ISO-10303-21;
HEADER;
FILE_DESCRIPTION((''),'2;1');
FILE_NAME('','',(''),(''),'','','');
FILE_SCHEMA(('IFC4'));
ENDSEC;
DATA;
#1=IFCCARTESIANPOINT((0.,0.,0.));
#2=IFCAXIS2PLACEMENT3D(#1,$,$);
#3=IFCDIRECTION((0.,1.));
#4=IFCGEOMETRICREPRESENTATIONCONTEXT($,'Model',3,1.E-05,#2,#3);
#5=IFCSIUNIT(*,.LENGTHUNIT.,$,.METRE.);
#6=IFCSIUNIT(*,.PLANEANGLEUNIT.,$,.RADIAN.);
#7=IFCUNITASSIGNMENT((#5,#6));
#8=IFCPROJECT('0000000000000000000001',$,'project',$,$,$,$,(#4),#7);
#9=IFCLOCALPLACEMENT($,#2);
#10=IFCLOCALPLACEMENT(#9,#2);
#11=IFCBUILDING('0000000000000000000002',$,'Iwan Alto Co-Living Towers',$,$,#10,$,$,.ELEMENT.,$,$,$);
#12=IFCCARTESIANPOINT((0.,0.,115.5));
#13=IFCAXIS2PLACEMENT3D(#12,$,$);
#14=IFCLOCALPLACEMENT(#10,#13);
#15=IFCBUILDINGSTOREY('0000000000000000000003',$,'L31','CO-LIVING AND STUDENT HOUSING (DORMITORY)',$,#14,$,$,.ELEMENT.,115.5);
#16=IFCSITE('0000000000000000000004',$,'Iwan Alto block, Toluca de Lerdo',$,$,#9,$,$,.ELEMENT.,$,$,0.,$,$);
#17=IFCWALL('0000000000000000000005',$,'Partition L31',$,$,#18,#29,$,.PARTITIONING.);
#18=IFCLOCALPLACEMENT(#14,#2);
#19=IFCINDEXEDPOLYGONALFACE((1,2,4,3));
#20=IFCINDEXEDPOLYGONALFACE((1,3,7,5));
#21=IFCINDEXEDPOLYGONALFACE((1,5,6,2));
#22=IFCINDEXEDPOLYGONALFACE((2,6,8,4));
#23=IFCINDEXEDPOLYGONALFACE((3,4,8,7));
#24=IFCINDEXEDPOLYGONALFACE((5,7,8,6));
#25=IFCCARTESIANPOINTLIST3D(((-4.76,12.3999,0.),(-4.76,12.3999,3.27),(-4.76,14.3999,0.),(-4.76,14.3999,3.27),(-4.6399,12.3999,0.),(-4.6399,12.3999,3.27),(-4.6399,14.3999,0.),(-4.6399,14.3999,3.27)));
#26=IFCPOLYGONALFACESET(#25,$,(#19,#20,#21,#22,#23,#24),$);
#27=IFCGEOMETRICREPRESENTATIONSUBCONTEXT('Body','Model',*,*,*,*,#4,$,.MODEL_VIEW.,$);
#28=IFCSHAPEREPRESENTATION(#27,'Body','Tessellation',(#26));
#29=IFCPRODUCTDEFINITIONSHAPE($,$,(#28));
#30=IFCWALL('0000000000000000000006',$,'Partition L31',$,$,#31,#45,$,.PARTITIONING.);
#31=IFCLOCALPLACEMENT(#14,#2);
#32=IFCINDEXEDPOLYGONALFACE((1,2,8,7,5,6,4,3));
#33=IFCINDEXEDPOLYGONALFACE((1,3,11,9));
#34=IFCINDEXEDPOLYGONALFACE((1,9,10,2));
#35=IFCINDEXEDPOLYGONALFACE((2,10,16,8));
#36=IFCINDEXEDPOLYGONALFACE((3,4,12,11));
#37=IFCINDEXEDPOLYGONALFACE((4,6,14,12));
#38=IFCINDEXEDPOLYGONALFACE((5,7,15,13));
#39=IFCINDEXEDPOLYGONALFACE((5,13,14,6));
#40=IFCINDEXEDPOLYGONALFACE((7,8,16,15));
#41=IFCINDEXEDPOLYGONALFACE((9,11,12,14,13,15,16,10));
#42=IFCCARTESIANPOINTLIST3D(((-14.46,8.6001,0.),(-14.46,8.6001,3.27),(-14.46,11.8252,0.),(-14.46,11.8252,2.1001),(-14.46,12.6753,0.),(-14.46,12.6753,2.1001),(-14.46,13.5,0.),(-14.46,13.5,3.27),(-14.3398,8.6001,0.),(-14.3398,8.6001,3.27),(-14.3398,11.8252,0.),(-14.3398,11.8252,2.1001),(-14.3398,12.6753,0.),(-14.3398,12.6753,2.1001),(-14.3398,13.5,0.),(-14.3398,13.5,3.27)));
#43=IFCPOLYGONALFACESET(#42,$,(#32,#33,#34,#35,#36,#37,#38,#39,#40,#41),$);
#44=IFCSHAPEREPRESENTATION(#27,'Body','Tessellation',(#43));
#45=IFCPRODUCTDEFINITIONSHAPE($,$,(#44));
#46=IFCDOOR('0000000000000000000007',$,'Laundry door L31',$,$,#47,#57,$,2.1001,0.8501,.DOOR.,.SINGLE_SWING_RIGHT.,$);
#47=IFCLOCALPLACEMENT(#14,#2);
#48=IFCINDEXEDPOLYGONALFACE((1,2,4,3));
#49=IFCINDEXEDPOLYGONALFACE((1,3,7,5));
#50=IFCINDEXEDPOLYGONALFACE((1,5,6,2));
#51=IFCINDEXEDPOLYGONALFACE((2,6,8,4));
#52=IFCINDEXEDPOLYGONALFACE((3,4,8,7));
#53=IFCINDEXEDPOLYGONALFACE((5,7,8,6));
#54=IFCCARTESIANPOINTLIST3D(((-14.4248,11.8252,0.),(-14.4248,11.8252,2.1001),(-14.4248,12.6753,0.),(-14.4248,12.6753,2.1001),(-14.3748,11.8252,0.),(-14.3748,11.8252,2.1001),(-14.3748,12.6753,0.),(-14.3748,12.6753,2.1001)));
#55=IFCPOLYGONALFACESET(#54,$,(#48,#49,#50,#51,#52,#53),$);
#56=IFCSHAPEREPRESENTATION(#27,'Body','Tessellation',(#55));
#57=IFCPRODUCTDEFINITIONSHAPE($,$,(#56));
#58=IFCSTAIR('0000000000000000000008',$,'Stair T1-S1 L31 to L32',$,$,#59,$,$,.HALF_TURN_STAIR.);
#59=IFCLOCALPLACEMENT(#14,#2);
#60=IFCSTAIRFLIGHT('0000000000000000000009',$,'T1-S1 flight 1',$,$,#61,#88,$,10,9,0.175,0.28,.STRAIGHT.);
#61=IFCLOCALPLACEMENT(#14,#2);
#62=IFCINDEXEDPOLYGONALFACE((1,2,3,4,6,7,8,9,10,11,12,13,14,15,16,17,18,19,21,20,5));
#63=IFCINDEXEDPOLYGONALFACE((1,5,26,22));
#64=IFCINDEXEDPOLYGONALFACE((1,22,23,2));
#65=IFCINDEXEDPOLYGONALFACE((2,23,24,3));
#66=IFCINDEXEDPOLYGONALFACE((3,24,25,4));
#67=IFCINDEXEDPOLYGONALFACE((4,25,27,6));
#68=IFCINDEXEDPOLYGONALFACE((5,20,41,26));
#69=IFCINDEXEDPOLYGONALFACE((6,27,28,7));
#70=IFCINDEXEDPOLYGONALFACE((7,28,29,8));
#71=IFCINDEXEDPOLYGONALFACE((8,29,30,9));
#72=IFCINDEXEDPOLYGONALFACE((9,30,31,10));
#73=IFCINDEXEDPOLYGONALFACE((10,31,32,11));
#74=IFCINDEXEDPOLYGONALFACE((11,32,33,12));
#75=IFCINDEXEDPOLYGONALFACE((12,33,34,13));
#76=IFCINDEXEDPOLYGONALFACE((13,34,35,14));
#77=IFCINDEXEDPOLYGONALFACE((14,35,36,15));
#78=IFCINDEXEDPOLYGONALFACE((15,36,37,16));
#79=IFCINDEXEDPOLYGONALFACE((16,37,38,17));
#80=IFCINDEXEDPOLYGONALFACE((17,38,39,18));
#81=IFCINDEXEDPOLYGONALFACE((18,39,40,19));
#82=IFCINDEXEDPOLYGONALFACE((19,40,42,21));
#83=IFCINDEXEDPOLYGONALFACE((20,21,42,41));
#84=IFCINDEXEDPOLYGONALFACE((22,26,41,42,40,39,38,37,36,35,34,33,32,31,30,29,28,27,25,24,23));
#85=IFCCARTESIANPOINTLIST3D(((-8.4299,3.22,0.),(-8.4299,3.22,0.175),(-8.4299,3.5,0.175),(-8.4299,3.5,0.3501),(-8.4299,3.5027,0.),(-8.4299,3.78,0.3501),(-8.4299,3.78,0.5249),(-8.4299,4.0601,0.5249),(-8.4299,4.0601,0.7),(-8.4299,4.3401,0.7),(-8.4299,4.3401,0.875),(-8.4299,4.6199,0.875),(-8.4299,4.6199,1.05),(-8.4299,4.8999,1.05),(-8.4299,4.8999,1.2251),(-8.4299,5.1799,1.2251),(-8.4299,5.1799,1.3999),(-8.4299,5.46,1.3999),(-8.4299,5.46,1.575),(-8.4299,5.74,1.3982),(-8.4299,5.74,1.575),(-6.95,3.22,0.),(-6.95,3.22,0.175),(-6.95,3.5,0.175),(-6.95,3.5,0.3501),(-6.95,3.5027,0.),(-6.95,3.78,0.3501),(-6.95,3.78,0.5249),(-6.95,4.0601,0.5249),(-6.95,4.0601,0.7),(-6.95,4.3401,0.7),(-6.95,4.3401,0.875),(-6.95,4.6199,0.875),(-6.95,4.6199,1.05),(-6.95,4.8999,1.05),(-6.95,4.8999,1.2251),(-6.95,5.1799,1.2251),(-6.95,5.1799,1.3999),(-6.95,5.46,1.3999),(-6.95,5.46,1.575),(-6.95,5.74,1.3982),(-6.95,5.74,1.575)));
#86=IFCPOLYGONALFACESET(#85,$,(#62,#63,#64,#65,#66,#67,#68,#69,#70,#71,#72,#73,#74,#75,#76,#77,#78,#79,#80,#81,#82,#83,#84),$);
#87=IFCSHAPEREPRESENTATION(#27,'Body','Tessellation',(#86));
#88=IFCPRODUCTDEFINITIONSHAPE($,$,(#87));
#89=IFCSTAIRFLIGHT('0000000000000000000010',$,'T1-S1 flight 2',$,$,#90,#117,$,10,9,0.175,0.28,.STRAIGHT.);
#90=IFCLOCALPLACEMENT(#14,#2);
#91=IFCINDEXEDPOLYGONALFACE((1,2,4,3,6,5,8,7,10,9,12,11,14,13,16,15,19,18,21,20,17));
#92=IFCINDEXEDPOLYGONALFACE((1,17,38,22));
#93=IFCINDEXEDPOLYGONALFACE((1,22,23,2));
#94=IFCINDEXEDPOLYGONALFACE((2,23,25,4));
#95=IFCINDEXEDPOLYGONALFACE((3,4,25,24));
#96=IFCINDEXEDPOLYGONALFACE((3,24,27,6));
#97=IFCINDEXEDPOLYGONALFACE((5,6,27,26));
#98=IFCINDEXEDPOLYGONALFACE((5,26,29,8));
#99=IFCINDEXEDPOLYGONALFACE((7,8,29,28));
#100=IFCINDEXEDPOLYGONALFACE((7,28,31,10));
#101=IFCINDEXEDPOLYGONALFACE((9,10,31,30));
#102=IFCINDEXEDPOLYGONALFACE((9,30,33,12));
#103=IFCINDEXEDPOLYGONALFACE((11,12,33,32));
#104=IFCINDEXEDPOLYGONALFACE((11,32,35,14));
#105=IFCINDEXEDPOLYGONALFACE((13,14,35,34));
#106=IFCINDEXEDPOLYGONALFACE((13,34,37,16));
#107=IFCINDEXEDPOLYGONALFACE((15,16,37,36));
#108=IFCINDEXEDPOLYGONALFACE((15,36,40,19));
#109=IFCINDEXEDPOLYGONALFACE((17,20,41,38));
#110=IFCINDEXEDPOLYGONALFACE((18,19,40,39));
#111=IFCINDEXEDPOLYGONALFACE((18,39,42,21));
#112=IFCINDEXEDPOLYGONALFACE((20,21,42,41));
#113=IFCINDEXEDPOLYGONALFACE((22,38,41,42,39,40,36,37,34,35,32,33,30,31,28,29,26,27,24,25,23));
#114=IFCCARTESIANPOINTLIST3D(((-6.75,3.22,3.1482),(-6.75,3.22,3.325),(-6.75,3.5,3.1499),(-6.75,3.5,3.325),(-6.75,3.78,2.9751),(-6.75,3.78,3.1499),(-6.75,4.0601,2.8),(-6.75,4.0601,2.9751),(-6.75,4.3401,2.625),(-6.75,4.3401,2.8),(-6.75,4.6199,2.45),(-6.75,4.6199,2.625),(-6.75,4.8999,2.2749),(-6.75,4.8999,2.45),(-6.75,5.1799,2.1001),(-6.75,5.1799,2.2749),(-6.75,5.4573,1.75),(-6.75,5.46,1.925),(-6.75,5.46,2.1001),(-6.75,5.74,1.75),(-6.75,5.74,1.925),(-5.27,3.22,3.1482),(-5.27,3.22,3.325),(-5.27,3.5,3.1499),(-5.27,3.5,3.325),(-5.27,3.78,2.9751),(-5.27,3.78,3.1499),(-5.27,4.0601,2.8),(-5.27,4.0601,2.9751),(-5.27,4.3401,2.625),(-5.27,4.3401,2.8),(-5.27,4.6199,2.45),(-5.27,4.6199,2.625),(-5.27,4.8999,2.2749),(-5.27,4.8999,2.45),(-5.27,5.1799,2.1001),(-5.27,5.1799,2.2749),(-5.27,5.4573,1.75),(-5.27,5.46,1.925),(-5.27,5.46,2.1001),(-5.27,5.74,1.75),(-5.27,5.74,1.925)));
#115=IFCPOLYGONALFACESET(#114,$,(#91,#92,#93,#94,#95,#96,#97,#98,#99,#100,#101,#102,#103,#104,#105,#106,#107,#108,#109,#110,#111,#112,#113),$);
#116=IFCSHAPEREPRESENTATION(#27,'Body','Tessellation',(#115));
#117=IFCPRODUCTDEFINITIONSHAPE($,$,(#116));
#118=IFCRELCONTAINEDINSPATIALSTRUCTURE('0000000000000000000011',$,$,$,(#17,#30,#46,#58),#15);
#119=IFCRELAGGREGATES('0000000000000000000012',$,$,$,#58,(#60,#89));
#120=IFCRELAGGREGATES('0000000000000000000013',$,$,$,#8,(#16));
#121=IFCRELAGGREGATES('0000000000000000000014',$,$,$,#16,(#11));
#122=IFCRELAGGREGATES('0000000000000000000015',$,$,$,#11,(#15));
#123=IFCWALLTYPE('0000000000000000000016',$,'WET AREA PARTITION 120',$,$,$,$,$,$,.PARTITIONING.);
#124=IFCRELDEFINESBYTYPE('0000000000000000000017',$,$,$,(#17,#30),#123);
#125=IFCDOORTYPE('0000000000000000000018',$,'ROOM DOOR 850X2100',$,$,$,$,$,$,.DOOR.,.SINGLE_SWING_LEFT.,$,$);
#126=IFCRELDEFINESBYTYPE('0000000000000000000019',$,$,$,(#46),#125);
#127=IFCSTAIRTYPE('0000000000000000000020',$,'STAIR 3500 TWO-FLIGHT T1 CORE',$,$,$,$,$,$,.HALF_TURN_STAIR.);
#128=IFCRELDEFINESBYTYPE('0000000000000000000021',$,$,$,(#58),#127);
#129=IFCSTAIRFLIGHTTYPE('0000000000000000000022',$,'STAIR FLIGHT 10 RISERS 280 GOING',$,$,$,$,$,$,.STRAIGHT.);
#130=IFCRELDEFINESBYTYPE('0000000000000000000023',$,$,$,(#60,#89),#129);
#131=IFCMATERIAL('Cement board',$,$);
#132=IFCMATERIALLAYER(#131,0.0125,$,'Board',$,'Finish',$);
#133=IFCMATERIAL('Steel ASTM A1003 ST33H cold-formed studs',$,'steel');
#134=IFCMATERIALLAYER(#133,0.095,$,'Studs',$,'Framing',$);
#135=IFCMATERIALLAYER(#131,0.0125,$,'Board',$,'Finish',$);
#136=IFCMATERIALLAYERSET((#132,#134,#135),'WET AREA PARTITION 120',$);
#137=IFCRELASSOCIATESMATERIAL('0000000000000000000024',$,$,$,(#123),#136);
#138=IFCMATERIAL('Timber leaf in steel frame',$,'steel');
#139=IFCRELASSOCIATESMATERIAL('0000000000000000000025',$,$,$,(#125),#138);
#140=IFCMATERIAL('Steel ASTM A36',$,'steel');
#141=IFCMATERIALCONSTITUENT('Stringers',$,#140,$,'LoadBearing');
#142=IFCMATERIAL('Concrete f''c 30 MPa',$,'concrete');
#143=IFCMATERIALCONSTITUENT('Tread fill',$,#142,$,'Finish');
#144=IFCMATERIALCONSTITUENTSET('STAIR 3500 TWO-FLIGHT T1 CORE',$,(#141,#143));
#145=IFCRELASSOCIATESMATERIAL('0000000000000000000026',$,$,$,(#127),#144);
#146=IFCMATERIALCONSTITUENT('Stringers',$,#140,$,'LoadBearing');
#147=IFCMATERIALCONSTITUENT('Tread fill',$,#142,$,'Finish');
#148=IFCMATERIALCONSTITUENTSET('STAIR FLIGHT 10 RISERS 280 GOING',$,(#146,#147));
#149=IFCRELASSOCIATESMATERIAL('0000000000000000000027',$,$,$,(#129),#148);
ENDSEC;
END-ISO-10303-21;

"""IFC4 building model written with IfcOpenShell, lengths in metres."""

from ifc_helpers import new_model, si_unit, direction, frame, frame_2d, origin, place, context, subcontext, project, spatial, polyline, rectangle, outline, extrude, material, layer, layer_set, constituent, constituent_set, type_object, element, fill, aggregate, save


model = new_model("IFC4")

# Units and contexts
model_context = context("Model", 3, precision=1e-05, world=origin(), true_north=direction((0.0, 1.0)))
body_context = subcontext(model_context, "Body", "Model", "MODEL_VIEW")
ifc_project = project(units=[si_unit("LENGTHUNIT", "METRE"), si_unit("PLANEANGLEUNIT", "RADIAN")], contexts=[model_context])

# Site, building, storey
site_placement = place(None, origin())
site = spatial("IfcSite", under=ifc_project, at=site_placement, Name="Iwan Alto block, Toluca de Lerdo", CompositionType="ELEMENT", RefElevation=0.0)
building_placement = place(site_placement, origin())
building = spatial("IfcBuilding", under=site, at=building_placement, Name="Iwan Alto Co-Living Towers", CompositionType="ELEMENT")
storey_placement = place(building_placement, frame((0.0, 0.0, 115.5)))
storey = spatial("IfcBuildingStorey", under=building, at=storey_placement, Name="L31", Description="CO-LIVING AND STUDENT HOUSING (DORMITORY)", CompositionType="ELEMENT", Elevation=115.5)

# Shared definitions
ifc_material_1 = material(Name="Steel ASTM A1003 ST33H cold-formed studs", Category="steel")

# Shared definitions
ifc_material_2 = material(Name="Cement board")
ifc_layer_1 = layer(ifc_material_2, 0.0125, Name="Board", Category="Finish")
ifc_layer_2 = layer(ifc_material_1, 0.095, Name="Studs", Category="Framing")
ifc_layer_3 = layer(ifc_material_2, 0.0125, Name="Board", Category="Finish")
ifc_layer_set_1 = layer_set([ifc_layer_1, ifc_layer_2, ifc_layer_3], Name="WET AREA PARTITION 120")
wall_type_1 = type_object("IfcWallType", Name="WET AREA PARTITION 120", PredefinedType="PARTITIONING", material=ifc_layer_set_1)
ifc_material_3 = material(Name="Timber leaf in steel frame", Category="steel")
door_type_1 = type_object("IfcDoorType", Name="ROOM DOOR 850X2100", OperationType="SINGLE_SWING_LEFT", PredefinedType="DOOR", material=ifc_material_3)

# Wall
wall_1_placement = place(storey_placement, frame((-4.7, 12.3999, 0.0), z_axis=(0.0, 0.0, 1.0), x_axis=(0.0, 1.0, 0.0)))
element("IfcWall", 1, at=wall_1_placement, inside=storey, type_object=wall_type_1, Name="Partition L31", PredefinedType="PARTITIONING", context=body_context, shape_type="SweptSolid", body=[
    extrude(rectangle(XDim=2.0, YDim=0.1201, at=frame_2d((1.0, 0.0))), origin(), (0.0, 0.0, 1.0), 3.27),
])

# Wall, opening, door
wall_2_placement = place(storey_placement, frame((-14.3999, 8.6001, 0.0), z_axis=(0.0, 0.0, 1.0), x_axis=(0.0, 1.0, 0.0)))
wall_2 = element("IfcWall", 2, at=wall_2_placement, inside=storey, type_object=wall_type_1, Name="Partition L31", PredefinedType="PARTITIONING", context=body_context, shape_type="SweptSolid", body=[
    extrude(rectangle(XDim=4.8999, YDim=0.1201, at=frame_2d((2.45, 0.0))), origin(), (0.0, 0.0, 1.0), 3.27),
])
opening_1_placement = place(wall_2_placement, frame((3.2251, 0.0, 0.0)))
opening_1 = element("IfcOpeningElement", 3, at=opening_1_placement, cuts=wall_2, PredefinedType="OPENING", context=body_context, shape_type="SweptSolid", body=[
    extrude(rectangle(XDim=0.8501, YDim=2.1001, at=frame_2d((0.425, 1.05))), frame((0.0, 0.0701, 0.0), z_axis=(0.0, -1.0, 0.0), x_axis=(1.0, 0.0, 0.0)), (0.0, 0.0, 1.0), 0.1401),
])
door_1_placement = place(opening_1_placement, origin())
door_1 = element("IfcDoor", 4, at=door_1_placement, inside=storey, type_object=door_type_1, Name="Laundry door L31", OperationType="SINGLE_SWING_RIGHT", OverallHeight=2.1001, OverallWidth=0.8501, PredefinedType="DOOR", context=body_context, shape_type="SweptSolid", body=[
    extrude(rectangle(XDim=0.8501, YDim=2.1001, at=frame_2d((0.425, 1.05))), frame((0.0, 0.0249, 0.0), z_axis=(0.0, -1.0, 0.0), x_axis=(1.0, 0.0, 0.0)), (0.0, 0.0, 1.0), 0.05),
])
fill(opening_1, door_1)

# Stair, stair flights
ifc_material_4 = material(Name="Steel ASTM A36", Category="steel")
ifc_constituent_1 = constituent(ifc_material_4, Name="Stringers", Category="LoadBearing")
ifc_material_5 = material(Name="Concrete f'c 30 MPa", Category="concrete")
ifc_constituent_2 = constituent(ifc_material_5, Name="Tread fill", Category="Finish")
ifc_constituent_set_1 = constituent_set(constituents=[ifc_constituent_1, ifc_constituent_2], Name="STAIR 3500 TWO-FLIGHT T1 CORE")
stair_type = type_object("IfcStairType", Name="STAIR 3500 TWO-FLIGHT T1 CORE", PredefinedType="HALF_TURN_STAIR", material=ifc_constituent_set_1)
stair_placement = place(storey_placement, origin())
stair = element("IfcStair", 5, at=stair_placement, inside=storey, type_object=stair_type, Name="Stair T1-S1 L31 to L32", PredefinedType="HALF_TURN_STAIR")
ifc_constituent_3 = constituent(ifc_material_4, Name="Stringers", Category="LoadBearing")
ifc_constituent_4 = constituent(ifc_material_5, Name="Tread fill", Category="Finish")
ifc_constituent_set_2 = constituent_set(constituents=[ifc_constituent_3, ifc_constituent_4], Name="STAIR FLIGHT 10 RISERS 280 GOING")
stair_flight_type = type_object("IfcStairFlightType", Name="STAIR FLIGHT 10 RISERS 280 GOING", PredefinedType="STRAIGHT", material=ifc_constituent_set_2)
stair_flight_1_placement = place(storey_placement, frame((-7.6899, 3.22, 0.0), z_axis=(0.0, 0.0, 1.0), x_axis=(0.0, 1.0, 0.0)))
stair_flight_1 = element("IfcStairFlight", 6, at=stair_flight_1_placement, type_object=stair_flight_type, Name="T1-S1 flight 1", NumberOfRisers=10, NumberOfTreads=9, PredefinedType="STRAIGHT", RiserHeight=0.175, TreadLength=0.28, context=body_context, shape_type="SweptSolid", body=[
    extrude(outline(polyline([(0.0, 0.0), (0.0, 0.175), (0.28, 0.175), (0.28, 0.3501), (0.5601, 0.3501), (0.5601, 0.5249), (0.8401, 0.5249), (0.8401, 0.7), (1.1201, 0.7), (1.1201, 0.875), (1.3999, 0.875), (1.3999, 1.05), (1.6799, 1.05), (1.6799, 1.2251), (1.96, 1.2251), (1.96, 1.3999), (2.24, 1.3999), (2.24, 1.575), (2.52, 1.575), (2.52, 1.75), (2.52, 1.3982), (0.2827, 0.0), (0.0, 0.0)])), frame((0.0, 0.74, 0.0), z_axis=(0.0, -1.0, 0.0), x_axis=(1.0, 0.0, 0.0)), (0.0, 0.0, 1.0), 1.48),
])
stair_flight_2_placement = place(storey_placement, frame((-6.01, 5.74, 1.75), z_axis=(0.0, 0.0, 1.0), x_axis=(0.0, -1.0, 0.0)))
stair_flight_2 = element("IfcStairFlight", 7, at=stair_flight_2_placement, type_object=stair_flight_type, Name="T1-S1 flight 2", NumberOfRisers=10, NumberOfTreads=9, PredefinedType="STRAIGHT", RiserHeight=0.175, TreadLength=0.28, context=body_context, shape_type="SweptSolid", body=[
    extrude(outline(polyline([(0.0, 0.0), (0.0, 0.175), (0.28, 0.175), (0.28, 0.3501), (0.5601, 0.3501), (0.5601, 0.5249), (0.8401, 0.5249), (0.8401, 0.7), (1.1201, 0.7), (1.1201, 0.875), (1.3999, 0.875), (1.3999, 1.05), (1.6799, 1.05), (1.6799, 1.2251), (1.96, 1.2251), (1.96, 1.3999), (2.24, 1.3999), (2.24, 1.575), (2.52, 1.575), (2.52, 1.75), (2.52, 1.3982), (0.2827, 0.0), (0.0, 0.0)])), frame((0.0, 0.74, 0.0), z_axis=(0.0, -1.0, 0.0), x_axis=(1.0, 0.0, 0.0)), (0.0, 0.0, 1.0), 1.48),
])
aggregate(stair, [stair_flight_1, stair_flight_2])

save(model, "model.ifc")
